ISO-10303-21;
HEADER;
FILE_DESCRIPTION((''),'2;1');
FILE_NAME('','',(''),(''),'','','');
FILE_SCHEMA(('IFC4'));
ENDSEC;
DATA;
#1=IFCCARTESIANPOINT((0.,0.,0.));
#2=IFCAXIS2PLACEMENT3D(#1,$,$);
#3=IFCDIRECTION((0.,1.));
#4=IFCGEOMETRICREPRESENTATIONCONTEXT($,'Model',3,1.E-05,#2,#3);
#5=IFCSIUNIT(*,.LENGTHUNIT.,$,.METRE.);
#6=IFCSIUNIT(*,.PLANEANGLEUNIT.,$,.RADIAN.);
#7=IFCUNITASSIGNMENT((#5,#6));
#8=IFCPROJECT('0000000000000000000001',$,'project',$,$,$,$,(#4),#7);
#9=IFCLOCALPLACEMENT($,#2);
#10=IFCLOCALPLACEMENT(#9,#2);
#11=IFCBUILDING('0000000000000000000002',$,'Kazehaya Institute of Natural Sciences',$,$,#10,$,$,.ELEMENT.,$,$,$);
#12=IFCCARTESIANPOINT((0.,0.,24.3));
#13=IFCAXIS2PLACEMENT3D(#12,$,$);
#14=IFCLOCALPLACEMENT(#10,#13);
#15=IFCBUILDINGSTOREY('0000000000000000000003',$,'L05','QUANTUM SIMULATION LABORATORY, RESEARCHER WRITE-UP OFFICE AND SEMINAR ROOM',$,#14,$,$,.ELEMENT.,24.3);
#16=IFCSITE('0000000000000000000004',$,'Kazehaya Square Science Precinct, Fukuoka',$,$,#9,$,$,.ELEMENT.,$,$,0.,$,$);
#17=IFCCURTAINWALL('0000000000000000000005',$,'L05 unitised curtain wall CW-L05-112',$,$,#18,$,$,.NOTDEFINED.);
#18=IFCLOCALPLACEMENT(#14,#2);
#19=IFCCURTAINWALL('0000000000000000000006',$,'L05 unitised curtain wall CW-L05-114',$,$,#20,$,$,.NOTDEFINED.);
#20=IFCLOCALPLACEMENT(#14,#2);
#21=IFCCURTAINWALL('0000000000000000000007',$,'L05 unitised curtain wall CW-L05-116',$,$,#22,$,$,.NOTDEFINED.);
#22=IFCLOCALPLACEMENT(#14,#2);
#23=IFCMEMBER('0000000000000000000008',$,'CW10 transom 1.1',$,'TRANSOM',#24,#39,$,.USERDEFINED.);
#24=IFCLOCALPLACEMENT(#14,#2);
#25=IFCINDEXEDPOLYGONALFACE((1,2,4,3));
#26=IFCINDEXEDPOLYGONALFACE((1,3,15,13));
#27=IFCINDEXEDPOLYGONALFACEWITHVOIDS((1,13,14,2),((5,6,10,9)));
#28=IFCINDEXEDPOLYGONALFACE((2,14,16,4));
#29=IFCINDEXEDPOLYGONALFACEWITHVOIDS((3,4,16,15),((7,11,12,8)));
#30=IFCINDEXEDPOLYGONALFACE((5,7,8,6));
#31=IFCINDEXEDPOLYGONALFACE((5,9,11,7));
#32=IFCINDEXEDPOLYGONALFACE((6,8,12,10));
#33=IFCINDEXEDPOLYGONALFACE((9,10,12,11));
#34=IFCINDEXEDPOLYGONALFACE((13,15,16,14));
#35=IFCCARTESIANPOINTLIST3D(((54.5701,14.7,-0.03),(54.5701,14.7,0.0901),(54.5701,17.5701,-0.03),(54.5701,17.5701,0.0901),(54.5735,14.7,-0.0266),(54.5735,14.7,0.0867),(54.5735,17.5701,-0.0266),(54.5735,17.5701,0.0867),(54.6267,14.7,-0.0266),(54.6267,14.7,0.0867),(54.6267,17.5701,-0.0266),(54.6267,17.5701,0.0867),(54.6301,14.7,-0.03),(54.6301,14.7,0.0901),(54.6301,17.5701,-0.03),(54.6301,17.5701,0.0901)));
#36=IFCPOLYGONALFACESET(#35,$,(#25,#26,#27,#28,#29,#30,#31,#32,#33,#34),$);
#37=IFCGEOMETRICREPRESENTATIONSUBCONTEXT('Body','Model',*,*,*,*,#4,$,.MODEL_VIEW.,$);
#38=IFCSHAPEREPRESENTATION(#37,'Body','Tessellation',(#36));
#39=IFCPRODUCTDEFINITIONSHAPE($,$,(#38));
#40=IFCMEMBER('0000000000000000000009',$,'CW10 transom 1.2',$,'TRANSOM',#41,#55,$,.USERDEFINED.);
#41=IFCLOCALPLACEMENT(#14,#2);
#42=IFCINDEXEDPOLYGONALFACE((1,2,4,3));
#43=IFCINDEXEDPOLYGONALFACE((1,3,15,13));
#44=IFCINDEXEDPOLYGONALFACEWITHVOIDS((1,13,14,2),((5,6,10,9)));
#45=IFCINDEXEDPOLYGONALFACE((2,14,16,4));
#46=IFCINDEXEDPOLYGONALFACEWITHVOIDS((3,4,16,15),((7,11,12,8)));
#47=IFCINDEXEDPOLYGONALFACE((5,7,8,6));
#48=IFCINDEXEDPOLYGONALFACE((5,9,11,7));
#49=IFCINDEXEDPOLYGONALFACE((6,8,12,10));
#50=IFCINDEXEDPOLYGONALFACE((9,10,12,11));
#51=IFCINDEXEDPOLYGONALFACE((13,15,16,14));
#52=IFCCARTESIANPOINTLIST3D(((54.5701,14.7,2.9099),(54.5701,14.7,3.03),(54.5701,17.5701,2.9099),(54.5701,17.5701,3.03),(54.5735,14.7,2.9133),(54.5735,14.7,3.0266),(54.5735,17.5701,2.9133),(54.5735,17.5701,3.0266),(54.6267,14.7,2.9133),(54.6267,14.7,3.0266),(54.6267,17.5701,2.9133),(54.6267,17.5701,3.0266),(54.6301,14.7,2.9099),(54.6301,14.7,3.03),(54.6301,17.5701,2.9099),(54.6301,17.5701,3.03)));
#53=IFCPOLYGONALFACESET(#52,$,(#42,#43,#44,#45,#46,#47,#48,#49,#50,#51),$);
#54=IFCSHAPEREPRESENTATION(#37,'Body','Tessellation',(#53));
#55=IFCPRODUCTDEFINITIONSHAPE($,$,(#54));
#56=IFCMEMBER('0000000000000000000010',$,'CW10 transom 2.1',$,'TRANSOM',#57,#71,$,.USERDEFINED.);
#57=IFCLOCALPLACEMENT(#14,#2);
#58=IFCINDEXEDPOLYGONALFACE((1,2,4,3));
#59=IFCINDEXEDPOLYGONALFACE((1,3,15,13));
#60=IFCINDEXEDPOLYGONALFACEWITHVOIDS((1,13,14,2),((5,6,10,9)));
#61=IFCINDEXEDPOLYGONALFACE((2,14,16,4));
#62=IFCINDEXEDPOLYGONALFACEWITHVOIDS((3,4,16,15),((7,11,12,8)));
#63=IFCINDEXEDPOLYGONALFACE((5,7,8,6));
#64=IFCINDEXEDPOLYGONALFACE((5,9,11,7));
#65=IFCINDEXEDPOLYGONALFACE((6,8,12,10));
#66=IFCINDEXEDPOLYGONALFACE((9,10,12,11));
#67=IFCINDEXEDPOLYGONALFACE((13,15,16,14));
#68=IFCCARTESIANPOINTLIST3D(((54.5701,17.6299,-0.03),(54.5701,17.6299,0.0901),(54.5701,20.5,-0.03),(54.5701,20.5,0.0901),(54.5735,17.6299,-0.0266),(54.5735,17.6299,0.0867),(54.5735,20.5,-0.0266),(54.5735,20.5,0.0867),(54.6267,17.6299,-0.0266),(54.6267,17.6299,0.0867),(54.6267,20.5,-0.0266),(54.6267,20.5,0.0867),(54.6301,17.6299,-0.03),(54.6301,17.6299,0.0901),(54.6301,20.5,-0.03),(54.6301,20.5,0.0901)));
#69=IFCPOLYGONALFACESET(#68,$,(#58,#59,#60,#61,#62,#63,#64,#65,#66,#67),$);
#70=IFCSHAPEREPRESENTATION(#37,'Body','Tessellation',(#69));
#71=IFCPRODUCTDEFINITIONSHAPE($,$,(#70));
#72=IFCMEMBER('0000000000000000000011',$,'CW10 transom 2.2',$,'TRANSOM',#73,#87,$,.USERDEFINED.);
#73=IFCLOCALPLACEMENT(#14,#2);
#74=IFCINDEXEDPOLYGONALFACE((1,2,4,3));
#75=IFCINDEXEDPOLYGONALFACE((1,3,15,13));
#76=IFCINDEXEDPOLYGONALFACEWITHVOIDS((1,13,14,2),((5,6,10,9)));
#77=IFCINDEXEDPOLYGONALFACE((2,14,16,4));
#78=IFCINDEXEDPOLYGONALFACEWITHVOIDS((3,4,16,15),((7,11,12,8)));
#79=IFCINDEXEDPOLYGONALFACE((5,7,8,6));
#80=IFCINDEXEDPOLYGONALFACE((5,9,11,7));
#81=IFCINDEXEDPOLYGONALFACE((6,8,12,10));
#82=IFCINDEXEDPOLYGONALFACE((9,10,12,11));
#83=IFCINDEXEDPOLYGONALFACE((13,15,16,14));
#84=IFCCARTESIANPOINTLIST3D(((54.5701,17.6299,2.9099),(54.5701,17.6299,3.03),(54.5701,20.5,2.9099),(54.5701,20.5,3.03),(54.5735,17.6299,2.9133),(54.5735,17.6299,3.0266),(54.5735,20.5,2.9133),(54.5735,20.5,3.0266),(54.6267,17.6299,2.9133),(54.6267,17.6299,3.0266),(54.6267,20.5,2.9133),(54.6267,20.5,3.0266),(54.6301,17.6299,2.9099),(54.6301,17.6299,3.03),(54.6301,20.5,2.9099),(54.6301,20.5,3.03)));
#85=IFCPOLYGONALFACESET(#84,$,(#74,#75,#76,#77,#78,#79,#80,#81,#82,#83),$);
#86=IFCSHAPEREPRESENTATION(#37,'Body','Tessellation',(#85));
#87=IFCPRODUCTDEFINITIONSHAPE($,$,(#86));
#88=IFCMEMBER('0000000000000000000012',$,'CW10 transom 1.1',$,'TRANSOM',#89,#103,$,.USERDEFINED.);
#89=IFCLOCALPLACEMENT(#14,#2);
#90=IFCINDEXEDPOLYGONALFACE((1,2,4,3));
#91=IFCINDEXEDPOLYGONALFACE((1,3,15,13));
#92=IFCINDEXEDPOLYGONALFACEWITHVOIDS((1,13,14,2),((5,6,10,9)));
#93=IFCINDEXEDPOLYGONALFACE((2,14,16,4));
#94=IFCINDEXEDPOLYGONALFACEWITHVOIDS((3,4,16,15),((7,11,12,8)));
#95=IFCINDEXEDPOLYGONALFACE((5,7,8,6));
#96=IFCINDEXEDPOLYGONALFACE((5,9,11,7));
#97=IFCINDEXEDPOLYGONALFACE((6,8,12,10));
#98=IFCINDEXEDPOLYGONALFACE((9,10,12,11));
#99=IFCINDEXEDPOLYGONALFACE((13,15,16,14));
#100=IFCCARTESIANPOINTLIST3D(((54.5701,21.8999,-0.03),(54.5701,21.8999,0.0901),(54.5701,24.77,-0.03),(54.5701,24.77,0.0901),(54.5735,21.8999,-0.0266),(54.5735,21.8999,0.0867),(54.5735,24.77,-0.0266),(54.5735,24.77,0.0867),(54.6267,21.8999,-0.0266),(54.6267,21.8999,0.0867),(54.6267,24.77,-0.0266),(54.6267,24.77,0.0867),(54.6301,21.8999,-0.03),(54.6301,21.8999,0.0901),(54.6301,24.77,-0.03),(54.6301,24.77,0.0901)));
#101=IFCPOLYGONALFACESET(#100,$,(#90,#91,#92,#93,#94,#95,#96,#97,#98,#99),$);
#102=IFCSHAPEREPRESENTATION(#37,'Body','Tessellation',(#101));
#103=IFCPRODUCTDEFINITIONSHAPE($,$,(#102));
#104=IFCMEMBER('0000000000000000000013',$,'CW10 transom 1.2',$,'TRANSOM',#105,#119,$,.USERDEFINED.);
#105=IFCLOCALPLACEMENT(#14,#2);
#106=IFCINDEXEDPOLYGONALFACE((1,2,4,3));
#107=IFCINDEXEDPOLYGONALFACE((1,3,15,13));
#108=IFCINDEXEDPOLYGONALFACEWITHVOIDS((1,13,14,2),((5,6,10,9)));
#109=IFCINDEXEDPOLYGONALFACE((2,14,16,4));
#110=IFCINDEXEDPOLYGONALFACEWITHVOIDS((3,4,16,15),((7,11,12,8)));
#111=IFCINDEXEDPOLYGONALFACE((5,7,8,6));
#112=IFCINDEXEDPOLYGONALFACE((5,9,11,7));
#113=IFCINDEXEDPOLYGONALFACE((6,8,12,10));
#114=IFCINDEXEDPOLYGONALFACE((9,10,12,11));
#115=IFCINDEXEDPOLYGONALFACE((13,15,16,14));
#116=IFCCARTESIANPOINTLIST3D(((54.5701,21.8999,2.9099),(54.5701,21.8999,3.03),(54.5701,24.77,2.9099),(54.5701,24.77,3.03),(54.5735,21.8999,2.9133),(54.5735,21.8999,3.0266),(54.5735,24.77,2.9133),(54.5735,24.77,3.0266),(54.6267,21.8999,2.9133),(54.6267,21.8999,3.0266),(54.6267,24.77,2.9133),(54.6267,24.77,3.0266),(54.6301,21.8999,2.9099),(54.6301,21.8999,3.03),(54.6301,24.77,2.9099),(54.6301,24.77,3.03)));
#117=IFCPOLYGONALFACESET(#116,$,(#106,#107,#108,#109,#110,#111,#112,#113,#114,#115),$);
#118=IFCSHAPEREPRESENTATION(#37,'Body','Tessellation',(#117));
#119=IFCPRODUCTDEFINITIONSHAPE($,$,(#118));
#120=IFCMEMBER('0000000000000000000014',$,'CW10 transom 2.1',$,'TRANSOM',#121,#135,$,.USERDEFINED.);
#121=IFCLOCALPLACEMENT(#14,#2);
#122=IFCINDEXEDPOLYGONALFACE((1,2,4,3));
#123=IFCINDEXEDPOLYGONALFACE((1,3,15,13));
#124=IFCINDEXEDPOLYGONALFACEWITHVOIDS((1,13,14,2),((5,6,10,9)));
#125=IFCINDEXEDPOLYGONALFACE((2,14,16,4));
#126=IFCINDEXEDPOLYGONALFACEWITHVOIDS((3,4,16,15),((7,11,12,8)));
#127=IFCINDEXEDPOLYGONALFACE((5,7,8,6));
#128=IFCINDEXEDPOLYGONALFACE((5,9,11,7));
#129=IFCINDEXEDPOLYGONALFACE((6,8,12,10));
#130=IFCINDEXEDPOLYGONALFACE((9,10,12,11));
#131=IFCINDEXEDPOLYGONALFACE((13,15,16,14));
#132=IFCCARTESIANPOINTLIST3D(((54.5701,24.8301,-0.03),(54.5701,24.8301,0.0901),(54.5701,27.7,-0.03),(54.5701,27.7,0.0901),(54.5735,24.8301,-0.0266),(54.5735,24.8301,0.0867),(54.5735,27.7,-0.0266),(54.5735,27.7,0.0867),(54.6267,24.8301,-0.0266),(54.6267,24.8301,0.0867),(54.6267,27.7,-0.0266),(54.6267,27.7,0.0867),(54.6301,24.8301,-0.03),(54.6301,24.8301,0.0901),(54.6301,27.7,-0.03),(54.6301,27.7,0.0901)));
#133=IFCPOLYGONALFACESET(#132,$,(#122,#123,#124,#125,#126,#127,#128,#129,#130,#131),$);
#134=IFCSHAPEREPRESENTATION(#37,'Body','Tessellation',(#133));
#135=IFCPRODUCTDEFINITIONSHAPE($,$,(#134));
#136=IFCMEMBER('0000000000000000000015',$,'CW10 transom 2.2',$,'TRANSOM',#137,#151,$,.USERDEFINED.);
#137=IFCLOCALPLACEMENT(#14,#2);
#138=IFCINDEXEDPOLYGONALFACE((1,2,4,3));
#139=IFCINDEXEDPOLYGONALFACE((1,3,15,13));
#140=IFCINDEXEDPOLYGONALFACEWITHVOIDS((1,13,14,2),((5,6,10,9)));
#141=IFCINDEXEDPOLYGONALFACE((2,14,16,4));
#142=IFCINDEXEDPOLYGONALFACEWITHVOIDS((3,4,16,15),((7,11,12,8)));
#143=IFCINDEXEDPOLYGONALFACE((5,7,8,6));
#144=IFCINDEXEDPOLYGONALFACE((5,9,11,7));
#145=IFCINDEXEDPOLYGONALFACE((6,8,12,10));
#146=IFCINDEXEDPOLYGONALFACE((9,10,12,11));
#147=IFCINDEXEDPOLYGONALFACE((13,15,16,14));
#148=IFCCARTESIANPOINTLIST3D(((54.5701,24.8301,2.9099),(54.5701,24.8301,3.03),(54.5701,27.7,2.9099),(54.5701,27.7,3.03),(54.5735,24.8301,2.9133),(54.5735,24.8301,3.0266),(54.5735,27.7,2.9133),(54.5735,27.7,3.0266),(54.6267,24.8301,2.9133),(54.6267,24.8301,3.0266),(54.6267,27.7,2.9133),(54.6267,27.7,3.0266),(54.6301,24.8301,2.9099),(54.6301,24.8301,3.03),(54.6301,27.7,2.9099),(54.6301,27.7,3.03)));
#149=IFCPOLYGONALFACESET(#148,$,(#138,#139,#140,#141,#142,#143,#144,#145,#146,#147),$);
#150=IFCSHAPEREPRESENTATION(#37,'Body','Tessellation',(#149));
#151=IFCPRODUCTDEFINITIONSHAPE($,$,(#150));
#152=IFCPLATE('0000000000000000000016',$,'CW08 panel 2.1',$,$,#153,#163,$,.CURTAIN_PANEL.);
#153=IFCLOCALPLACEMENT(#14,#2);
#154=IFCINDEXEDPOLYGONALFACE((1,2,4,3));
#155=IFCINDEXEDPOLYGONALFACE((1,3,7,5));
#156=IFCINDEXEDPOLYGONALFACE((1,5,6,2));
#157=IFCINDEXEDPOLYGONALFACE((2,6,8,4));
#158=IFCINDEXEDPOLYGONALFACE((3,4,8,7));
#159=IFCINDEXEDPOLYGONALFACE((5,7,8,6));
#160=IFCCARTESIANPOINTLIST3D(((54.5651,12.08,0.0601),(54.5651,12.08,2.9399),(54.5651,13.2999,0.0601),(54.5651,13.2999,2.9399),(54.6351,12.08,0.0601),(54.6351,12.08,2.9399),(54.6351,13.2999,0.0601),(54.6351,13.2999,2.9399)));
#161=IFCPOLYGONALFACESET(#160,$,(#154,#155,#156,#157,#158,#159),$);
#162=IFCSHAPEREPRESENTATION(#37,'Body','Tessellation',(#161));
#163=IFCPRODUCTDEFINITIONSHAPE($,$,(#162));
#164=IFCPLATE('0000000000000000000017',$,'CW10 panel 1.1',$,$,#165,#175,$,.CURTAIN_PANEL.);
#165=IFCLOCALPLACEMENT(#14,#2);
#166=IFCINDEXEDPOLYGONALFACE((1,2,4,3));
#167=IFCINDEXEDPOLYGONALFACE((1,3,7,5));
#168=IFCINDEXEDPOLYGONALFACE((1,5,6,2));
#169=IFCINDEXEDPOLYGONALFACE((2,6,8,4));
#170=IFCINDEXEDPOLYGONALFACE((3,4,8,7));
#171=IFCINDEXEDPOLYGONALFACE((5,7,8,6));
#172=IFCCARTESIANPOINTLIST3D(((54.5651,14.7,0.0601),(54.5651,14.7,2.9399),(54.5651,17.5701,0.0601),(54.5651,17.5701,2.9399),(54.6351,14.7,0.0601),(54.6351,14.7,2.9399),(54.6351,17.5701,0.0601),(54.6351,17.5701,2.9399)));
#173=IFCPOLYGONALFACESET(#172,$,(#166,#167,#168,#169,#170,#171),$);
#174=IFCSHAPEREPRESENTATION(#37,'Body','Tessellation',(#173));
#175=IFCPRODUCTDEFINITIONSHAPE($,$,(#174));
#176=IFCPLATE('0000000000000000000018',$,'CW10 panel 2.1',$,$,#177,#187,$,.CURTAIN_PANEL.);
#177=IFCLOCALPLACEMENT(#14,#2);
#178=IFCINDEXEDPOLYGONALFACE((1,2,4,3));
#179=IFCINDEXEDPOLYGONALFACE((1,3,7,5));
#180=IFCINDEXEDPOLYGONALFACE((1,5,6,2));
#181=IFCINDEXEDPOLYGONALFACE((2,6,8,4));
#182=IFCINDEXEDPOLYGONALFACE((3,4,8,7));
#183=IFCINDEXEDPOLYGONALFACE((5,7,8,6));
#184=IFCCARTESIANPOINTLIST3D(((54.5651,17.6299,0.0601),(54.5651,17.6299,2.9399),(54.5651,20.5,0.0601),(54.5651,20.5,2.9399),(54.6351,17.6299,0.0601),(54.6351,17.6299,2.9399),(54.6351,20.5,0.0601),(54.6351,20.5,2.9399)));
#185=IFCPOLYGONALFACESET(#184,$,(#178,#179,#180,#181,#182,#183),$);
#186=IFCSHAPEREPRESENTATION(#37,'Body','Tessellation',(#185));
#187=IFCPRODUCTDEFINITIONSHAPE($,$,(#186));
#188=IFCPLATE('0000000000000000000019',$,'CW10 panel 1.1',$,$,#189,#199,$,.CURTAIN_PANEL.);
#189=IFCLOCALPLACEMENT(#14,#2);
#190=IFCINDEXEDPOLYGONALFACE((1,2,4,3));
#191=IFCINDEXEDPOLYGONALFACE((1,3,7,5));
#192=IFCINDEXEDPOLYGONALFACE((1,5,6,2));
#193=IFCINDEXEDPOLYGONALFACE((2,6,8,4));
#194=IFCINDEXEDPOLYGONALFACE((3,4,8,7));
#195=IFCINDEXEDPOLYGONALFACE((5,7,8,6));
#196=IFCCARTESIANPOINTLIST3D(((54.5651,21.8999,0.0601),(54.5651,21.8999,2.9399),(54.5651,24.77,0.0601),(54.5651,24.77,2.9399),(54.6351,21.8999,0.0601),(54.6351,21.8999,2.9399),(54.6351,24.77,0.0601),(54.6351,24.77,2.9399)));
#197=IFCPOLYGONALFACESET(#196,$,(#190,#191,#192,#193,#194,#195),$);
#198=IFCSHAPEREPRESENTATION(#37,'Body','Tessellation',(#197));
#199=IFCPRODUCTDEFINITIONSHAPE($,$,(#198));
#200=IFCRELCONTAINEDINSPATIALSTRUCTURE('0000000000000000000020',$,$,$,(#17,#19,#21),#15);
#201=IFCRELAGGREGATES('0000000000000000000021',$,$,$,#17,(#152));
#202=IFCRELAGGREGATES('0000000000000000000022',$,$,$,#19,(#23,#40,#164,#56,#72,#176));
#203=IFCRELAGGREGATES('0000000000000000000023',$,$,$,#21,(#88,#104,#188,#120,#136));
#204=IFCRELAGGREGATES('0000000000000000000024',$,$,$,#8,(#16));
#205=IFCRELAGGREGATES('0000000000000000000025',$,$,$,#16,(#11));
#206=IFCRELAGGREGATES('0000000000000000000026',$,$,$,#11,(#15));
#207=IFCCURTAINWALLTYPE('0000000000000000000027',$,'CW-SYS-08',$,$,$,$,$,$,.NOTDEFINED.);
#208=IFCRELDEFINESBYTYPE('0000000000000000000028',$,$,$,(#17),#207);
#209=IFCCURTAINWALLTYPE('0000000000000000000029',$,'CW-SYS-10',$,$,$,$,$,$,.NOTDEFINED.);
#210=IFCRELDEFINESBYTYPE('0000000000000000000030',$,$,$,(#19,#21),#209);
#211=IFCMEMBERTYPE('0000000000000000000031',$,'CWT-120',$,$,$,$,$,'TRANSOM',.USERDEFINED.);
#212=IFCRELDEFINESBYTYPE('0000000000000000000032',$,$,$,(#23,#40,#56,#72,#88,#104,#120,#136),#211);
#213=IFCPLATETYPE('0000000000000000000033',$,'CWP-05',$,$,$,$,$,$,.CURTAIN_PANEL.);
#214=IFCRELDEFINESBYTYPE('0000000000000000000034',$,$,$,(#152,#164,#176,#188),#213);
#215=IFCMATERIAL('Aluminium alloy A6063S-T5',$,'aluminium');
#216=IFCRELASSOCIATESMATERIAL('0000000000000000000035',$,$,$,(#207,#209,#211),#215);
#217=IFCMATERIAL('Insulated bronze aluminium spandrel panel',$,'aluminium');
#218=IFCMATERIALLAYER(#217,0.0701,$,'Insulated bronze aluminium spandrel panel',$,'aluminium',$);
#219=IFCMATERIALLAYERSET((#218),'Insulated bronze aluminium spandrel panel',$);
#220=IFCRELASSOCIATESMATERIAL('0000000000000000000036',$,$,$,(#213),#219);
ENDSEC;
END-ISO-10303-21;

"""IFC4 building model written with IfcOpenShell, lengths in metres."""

from ifc_helpers import new_model, si_unit, direction, frame, origin, origin_2d, place, context, subcontext, project, spatial, rectangle, hollow_rectangle, extrude, material, layer, layer_set, material_profile, profile_set, type_object, element, aggregate, save


model = new_model("IFC4")

# Units and contexts
model_context = context("Model", 3, precision=1e-05, world=origin(), true_north=direction((0.0, 1.0)))
body_context = subcontext(model_context, "Body", "Model", "MODEL_VIEW")
ifc_project = project(units=[si_unit("LENGTHUNIT", "METRE"), si_unit("PLANEANGLEUNIT", "RADIAN")], contexts=[model_context])

# Site, building, storey
site_placement = place(None, origin())
site = spatial("IfcSite", under=ifc_project, at=site_placement, Name="Kazehaya Square Science Precinct, Fukuoka", CompositionType="ELEMENT", RefElevation=0.0)
building_placement = place(site_placement, origin())
building = spatial("IfcBuilding", under=site, at=building_placement, Name="Kazehaya Institute of Natural Sciences", CompositionType="ELEMENT")
storey_placement = place(building_placement, frame((0.0, 0.0, 24.3)))
storey = spatial("IfcBuildingStorey", under=building, at=storey_placement, Name="L05", Description="QUANTUM SIMULATION LABORATORY, RESEARCHER WRITE-UP OFFICE AND SEMINAR ROOM", CompositionType="ELEMENT", Elevation=24.3)

# Curtain wall
ifc_material_1 = material(Name="Aluminium alloy A6063S-T5", Category="aluminium")
curtain_wall_type_1 = type_object("IfcCurtainWallType", Name="CW-SYS-08", PredefinedType="NOTDEFINED", material=ifc_material_1)
curtain_wall_1_placement = place(storey_placement, origin())
curtain_wall_1 = element("IfcCurtainWall", 1, at=curtain_wall_1_placement, inside=storey, type_object=curtain_wall_type_1, Name="L05 unitised curtain wall CW-L05-112", PredefinedType="NOTDEFINED")

# Curtain walls
curtain_wall_type_2 = type_object("IfcCurtainWallType", Name="CW-SYS-10", PredefinedType="NOTDEFINED", material=ifc_material_1)
curtain_wall_2_placement = place(storey_placement, origin())
curtain_wall_2 = element("IfcCurtainWall", 2, at=curtain_wall_2_placement, inside=storey, type_object=curtain_wall_type_2, Name="L05 unitised curtain wall CW-L05-114", PredefinedType="NOTDEFINED")
curtain_wall_3_placement = place(storey_placement, origin())
curtain_wall_3 = element("IfcCurtainWall", 3, at=curtain_wall_3_placement, inside=storey, type_object=curtain_wall_type_2, Name="L05 unitised curtain wall CW-L05-116", PredefinedType="NOTDEFINED")

# Members
ifc_material_profile_1 = material_profile(ifc_material_1, hollow_rectangle(XDim=0.0601, YDim=0.1201, WallThickness=0.0034, at=origin_2d()), Name="ALU-60x120x3.5")
ifc_profile_set_1 = profile_set([ifc_material_profile_1], Name="Aluminium alloy A6063S-T5")
member_type_1 = type_object("IfcMemberType", Name="CWT-120", ElementType="TRANSOM", PredefinedType="USERDEFINED", material=ifc_profile_set_1)
member_1_placement = place(storey_placement, frame((54.6001, 14.7, 0.03), z_axis=(0.0, 1.0, 0.0), x_axis=(-1.0, 0.0, 0.0)))
member_1 = element("IfcMember", 4, at=member_1_placement, type_object=member_type_1, Name="CW10 transom 1.1", ObjectType="TRANSOM", PredefinedType="USERDEFINED", context=body_context, shape_type="SweptSolid", body=[
    extrude(hollow_rectangle(XDim=0.0601, YDim=0.1201, WallThickness=0.0034, at=origin_2d()), origin(), (0.0, 0.0, 1.0), 2.8701),
])
member_2_placement = place(storey_placement, frame((54.6001, 14.7, 2.97), z_axis=(0.0, 1.0, 0.0), x_axis=(-1.0, 0.0, 0.0)))
member_2 = element("IfcMember", 5, at=member_2_placement, type_object=member_type_1, Name="CW10 transom 1.2", ObjectType="TRANSOM", PredefinedType="USERDEFINED", context=body_context, shape_type="SweptSolid", body=[
    extrude(hollow_rectangle(XDim=0.0601, YDim=0.1201, WallThickness=0.0034, at=origin_2d()), origin(), (0.0, 0.0, 1.0), 2.8701),
])
member_3_placement = place(storey_placement, frame((54.6001, 17.6299, 0.03), z_axis=(0.0, 1.0, 0.0), x_axis=(-1.0, 0.0, 0.0)))
member_3 = element("IfcMember", 6, at=member_3_placement, type_object=member_type_1, Name="CW10 transom 2.1", ObjectType="TRANSOM", PredefinedType="USERDEFINED", context=body_context, shape_type="SweptSolid", body=[
    extrude(hollow_rectangle(XDim=0.0601, YDim=0.1201, WallThickness=0.0034, at=origin_2d()), origin(), (0.0, 0.0, 1.0), 2.8701),
])
member_4_placement = place(storey_placement, frame((54.6001, 17.6299, 2.97), z_axis=(0.0, 1.0, 0.0), x_axis=(-1.0, 0.0, 0.0)))
member_4 = element("IfcMember", 7, at=member_4_placement, type_object=member_type_1, Name="CW10 transom 2.2", ObjectType="TRANSOM", PredefinedType="USERDEFINED", context=body_context, shape_type="SweptSolid", body=[
    extrude(hollow_rectangle(XDim=0.0601, YDim=0.1201, WallThickness=0.0034, at=origin_2d()), origin(), (0.0, 0.0, 1.0), 2.8701),
])
member_5_placement = place(storey_placement, frame((54.6001, 21.8999, 0.03), z_axis=(0.0, 1.0, 0.0), x_axis=(-1.0, 0.0, 0.0)))
member_5 = element("IfcMember", 8, at=member_5_placement, type_object=member_type_1, Name="CW10 transom 1.1", ObjectType="TRANSOM", PredefinedType="USERDEFINED", context=body_context, shape_type="SweptSolid", body=[
    extrude(hollow_rectangle(XDim=0.0601, YDim=0.1201, WallThickness=0.0034, at=origin_2d()), origin(), (0.0, 0.0, 1.0), 2.8701),
])
member_6_placement = place(storey_placement, frame((54.6001, 21.8999, 2.97), z_axis=(0.0, 1.0, 0.0), x_axis=(-1.0, 0.0, 0.0)))
member_6 = element("IfcMember", 9, at=member_6_placement, type_object=member_type_1, Name="CW10 transom 1.2", ObjectType="TRANSOM", PredefinedType="USERDEFINED", context=body_context, shape_type="SweptSolid", body=[
    extrude(hollow_rectangle(XDim=0.0601, YDim=0.1201, WallThickness=0.0034, at=origin_2d()), origin(), (0.0, 0.0, 1.0), 2.8701),
])
member_7_placement = place(storey_placement, frame((54.6001, 24.8301, 0.03), z_axis=(0.0, 1.0, 0.0), x_axis=(-1.0, 0.0, 0.0)))
member_7 = element("IfcMember", 10, at=member_7_placement, type_object=member_type_1, Name="CW10 transom 2.1", ObjectType="TRANSOM", PredefinedType="USERDEFINED", context=body_context, shape_type="SweptSolid", body=[
    extrude(hollow_rectangle(XDim=0.0601, YDim=0.1201, WallThickness=0.0034, at=origin_2d()), origin(), (0.0, 0.0, 1.0), 2.8699),
])
member_8_placement = place(storey_placement, frame((54.6001, 24.8301, 2.97), z_axis=(0.0, 1.0, 0.0), x_axis=(-1.0, 0.0, 0.0)))
member_8 = element("IfcMember", 11, at=member_8_placement, type_object=member_type_1, Name="CW10 transom 2.2", ObjectType="TRANSOM", PredefinedType="USERDEFINED", context=body_context, shape_type="SweptSolid", body=[
    extrude(hollow_rectangle(XDim=0.0601, YDim=0.1201, WallThickness=0.0034, at=origin_2d()), origin(), (0.0, 0.0, 1.0), 2.8699),
])

# Plates
ifc_material_2 = material(Name="Insulated bronze aluminium spandrel panel", Category="aluminium")
ifc_layer = layer(ifc_material_2, 0.0701, Name="Insulated bronze aluminium spandrel panel", Category="aluminium")
ifc_layer_set = layer_set([ifc_layer], Name="Insulated bronze aluminium spandrel panel")
plate_type = type_object("IfcPlateType", Name="CWP-05", PredefinedType="CURTAIN_PANEL", material=ifc_layer_set)
plate_1_placement = place(storey_placement, frame((54.6001, 12.6899, 0.0601), z_axis=(0.0, 0.0, 1.0), x_axis=(0.0, 1.0, 0.0)))
plate_1 = element("IfcPlate", 12, at=plate_1_placement, type_object=plate_type, Name="CW08 panel 2.1", PredefinedType="CURTAIN_PANEL", context=body_context, shape_type="SweptSolid", body=[
    extrude(rectangle(XDim=1.22, YDim=0.0701, at=origin_2d()), origin(), (0.0, 0.0, 1.0), 2.8799),
])
aggregate(curtain_wall_1, [plate_1])
plate_2_placement = place(storey_placement, frame((54.6001, 16.135, 0.0601), z_axis=(0.0, 0.0, 1.0), x_axis=(0.0, 1.0, 0.0)))
plate_2 = element("IfcPlate", 13, at=plate_2_placement, type_object=plate_type, Name="CW10 panel 1.1", PredefinedType="CURTAIN_PANEL", context=body_context, shape_type="SweptSolid", body=[
    extrude(rectangle(XDim=2.8701, YDim=0.0701, at=origin_2d()), origin(), (0.0, 0.0, 1.0), 2.8799),
])
plate_3_placement = place(storey_placement, frame((54.6001, 19.0649, 0.0601), z_axis=(0.0, 0.0, 1.0), x_axis=(0.0, 1.0, 0.0)))
plate_3 = element("IfcPlate", 14, at=plate_3_placement, type_object=plate_type, Name="CW10 panel 2.1", PredefinedType="CURTAIN_PANEL", context=body_context, shape_type="SweptSolid", body=[
    extrude(rectangle(XDim=2.8701, YDim=0.0701, at=origin_2d()), origin(), (0.0, 0.0, 1.0), 2.8799),
])
aggregate(curtain_wall_2, [member_1, member_2, plate_2, member_3, member_4, plate_3])
plate_4_placement = place(storey_placement, frame((54.6001, 23.335, 0.0601), z_axis=(0.0, 0.0, 1.0), x_axis=(0.0, 1.0, 0.0)))
plate_4 = element("IfcPlate", 15, at=plate_4_placement, type_object=plate_type, Name="CW10 panel 1.1", PredefinedType="CURTAIN_PANEL", context=body_context, shape_type="SweptSolid", body=[
    extrude(rectangle(XDim=2.8701, YDim=0.0701, at=origin_2d()), origin(), (0.0, 0.0, 1.0), 2.8799),
])
aggregate(curtain_wall_3, [member_5, member_6, plate_4, member_7, member_8])

save(model, "model.ifc")
